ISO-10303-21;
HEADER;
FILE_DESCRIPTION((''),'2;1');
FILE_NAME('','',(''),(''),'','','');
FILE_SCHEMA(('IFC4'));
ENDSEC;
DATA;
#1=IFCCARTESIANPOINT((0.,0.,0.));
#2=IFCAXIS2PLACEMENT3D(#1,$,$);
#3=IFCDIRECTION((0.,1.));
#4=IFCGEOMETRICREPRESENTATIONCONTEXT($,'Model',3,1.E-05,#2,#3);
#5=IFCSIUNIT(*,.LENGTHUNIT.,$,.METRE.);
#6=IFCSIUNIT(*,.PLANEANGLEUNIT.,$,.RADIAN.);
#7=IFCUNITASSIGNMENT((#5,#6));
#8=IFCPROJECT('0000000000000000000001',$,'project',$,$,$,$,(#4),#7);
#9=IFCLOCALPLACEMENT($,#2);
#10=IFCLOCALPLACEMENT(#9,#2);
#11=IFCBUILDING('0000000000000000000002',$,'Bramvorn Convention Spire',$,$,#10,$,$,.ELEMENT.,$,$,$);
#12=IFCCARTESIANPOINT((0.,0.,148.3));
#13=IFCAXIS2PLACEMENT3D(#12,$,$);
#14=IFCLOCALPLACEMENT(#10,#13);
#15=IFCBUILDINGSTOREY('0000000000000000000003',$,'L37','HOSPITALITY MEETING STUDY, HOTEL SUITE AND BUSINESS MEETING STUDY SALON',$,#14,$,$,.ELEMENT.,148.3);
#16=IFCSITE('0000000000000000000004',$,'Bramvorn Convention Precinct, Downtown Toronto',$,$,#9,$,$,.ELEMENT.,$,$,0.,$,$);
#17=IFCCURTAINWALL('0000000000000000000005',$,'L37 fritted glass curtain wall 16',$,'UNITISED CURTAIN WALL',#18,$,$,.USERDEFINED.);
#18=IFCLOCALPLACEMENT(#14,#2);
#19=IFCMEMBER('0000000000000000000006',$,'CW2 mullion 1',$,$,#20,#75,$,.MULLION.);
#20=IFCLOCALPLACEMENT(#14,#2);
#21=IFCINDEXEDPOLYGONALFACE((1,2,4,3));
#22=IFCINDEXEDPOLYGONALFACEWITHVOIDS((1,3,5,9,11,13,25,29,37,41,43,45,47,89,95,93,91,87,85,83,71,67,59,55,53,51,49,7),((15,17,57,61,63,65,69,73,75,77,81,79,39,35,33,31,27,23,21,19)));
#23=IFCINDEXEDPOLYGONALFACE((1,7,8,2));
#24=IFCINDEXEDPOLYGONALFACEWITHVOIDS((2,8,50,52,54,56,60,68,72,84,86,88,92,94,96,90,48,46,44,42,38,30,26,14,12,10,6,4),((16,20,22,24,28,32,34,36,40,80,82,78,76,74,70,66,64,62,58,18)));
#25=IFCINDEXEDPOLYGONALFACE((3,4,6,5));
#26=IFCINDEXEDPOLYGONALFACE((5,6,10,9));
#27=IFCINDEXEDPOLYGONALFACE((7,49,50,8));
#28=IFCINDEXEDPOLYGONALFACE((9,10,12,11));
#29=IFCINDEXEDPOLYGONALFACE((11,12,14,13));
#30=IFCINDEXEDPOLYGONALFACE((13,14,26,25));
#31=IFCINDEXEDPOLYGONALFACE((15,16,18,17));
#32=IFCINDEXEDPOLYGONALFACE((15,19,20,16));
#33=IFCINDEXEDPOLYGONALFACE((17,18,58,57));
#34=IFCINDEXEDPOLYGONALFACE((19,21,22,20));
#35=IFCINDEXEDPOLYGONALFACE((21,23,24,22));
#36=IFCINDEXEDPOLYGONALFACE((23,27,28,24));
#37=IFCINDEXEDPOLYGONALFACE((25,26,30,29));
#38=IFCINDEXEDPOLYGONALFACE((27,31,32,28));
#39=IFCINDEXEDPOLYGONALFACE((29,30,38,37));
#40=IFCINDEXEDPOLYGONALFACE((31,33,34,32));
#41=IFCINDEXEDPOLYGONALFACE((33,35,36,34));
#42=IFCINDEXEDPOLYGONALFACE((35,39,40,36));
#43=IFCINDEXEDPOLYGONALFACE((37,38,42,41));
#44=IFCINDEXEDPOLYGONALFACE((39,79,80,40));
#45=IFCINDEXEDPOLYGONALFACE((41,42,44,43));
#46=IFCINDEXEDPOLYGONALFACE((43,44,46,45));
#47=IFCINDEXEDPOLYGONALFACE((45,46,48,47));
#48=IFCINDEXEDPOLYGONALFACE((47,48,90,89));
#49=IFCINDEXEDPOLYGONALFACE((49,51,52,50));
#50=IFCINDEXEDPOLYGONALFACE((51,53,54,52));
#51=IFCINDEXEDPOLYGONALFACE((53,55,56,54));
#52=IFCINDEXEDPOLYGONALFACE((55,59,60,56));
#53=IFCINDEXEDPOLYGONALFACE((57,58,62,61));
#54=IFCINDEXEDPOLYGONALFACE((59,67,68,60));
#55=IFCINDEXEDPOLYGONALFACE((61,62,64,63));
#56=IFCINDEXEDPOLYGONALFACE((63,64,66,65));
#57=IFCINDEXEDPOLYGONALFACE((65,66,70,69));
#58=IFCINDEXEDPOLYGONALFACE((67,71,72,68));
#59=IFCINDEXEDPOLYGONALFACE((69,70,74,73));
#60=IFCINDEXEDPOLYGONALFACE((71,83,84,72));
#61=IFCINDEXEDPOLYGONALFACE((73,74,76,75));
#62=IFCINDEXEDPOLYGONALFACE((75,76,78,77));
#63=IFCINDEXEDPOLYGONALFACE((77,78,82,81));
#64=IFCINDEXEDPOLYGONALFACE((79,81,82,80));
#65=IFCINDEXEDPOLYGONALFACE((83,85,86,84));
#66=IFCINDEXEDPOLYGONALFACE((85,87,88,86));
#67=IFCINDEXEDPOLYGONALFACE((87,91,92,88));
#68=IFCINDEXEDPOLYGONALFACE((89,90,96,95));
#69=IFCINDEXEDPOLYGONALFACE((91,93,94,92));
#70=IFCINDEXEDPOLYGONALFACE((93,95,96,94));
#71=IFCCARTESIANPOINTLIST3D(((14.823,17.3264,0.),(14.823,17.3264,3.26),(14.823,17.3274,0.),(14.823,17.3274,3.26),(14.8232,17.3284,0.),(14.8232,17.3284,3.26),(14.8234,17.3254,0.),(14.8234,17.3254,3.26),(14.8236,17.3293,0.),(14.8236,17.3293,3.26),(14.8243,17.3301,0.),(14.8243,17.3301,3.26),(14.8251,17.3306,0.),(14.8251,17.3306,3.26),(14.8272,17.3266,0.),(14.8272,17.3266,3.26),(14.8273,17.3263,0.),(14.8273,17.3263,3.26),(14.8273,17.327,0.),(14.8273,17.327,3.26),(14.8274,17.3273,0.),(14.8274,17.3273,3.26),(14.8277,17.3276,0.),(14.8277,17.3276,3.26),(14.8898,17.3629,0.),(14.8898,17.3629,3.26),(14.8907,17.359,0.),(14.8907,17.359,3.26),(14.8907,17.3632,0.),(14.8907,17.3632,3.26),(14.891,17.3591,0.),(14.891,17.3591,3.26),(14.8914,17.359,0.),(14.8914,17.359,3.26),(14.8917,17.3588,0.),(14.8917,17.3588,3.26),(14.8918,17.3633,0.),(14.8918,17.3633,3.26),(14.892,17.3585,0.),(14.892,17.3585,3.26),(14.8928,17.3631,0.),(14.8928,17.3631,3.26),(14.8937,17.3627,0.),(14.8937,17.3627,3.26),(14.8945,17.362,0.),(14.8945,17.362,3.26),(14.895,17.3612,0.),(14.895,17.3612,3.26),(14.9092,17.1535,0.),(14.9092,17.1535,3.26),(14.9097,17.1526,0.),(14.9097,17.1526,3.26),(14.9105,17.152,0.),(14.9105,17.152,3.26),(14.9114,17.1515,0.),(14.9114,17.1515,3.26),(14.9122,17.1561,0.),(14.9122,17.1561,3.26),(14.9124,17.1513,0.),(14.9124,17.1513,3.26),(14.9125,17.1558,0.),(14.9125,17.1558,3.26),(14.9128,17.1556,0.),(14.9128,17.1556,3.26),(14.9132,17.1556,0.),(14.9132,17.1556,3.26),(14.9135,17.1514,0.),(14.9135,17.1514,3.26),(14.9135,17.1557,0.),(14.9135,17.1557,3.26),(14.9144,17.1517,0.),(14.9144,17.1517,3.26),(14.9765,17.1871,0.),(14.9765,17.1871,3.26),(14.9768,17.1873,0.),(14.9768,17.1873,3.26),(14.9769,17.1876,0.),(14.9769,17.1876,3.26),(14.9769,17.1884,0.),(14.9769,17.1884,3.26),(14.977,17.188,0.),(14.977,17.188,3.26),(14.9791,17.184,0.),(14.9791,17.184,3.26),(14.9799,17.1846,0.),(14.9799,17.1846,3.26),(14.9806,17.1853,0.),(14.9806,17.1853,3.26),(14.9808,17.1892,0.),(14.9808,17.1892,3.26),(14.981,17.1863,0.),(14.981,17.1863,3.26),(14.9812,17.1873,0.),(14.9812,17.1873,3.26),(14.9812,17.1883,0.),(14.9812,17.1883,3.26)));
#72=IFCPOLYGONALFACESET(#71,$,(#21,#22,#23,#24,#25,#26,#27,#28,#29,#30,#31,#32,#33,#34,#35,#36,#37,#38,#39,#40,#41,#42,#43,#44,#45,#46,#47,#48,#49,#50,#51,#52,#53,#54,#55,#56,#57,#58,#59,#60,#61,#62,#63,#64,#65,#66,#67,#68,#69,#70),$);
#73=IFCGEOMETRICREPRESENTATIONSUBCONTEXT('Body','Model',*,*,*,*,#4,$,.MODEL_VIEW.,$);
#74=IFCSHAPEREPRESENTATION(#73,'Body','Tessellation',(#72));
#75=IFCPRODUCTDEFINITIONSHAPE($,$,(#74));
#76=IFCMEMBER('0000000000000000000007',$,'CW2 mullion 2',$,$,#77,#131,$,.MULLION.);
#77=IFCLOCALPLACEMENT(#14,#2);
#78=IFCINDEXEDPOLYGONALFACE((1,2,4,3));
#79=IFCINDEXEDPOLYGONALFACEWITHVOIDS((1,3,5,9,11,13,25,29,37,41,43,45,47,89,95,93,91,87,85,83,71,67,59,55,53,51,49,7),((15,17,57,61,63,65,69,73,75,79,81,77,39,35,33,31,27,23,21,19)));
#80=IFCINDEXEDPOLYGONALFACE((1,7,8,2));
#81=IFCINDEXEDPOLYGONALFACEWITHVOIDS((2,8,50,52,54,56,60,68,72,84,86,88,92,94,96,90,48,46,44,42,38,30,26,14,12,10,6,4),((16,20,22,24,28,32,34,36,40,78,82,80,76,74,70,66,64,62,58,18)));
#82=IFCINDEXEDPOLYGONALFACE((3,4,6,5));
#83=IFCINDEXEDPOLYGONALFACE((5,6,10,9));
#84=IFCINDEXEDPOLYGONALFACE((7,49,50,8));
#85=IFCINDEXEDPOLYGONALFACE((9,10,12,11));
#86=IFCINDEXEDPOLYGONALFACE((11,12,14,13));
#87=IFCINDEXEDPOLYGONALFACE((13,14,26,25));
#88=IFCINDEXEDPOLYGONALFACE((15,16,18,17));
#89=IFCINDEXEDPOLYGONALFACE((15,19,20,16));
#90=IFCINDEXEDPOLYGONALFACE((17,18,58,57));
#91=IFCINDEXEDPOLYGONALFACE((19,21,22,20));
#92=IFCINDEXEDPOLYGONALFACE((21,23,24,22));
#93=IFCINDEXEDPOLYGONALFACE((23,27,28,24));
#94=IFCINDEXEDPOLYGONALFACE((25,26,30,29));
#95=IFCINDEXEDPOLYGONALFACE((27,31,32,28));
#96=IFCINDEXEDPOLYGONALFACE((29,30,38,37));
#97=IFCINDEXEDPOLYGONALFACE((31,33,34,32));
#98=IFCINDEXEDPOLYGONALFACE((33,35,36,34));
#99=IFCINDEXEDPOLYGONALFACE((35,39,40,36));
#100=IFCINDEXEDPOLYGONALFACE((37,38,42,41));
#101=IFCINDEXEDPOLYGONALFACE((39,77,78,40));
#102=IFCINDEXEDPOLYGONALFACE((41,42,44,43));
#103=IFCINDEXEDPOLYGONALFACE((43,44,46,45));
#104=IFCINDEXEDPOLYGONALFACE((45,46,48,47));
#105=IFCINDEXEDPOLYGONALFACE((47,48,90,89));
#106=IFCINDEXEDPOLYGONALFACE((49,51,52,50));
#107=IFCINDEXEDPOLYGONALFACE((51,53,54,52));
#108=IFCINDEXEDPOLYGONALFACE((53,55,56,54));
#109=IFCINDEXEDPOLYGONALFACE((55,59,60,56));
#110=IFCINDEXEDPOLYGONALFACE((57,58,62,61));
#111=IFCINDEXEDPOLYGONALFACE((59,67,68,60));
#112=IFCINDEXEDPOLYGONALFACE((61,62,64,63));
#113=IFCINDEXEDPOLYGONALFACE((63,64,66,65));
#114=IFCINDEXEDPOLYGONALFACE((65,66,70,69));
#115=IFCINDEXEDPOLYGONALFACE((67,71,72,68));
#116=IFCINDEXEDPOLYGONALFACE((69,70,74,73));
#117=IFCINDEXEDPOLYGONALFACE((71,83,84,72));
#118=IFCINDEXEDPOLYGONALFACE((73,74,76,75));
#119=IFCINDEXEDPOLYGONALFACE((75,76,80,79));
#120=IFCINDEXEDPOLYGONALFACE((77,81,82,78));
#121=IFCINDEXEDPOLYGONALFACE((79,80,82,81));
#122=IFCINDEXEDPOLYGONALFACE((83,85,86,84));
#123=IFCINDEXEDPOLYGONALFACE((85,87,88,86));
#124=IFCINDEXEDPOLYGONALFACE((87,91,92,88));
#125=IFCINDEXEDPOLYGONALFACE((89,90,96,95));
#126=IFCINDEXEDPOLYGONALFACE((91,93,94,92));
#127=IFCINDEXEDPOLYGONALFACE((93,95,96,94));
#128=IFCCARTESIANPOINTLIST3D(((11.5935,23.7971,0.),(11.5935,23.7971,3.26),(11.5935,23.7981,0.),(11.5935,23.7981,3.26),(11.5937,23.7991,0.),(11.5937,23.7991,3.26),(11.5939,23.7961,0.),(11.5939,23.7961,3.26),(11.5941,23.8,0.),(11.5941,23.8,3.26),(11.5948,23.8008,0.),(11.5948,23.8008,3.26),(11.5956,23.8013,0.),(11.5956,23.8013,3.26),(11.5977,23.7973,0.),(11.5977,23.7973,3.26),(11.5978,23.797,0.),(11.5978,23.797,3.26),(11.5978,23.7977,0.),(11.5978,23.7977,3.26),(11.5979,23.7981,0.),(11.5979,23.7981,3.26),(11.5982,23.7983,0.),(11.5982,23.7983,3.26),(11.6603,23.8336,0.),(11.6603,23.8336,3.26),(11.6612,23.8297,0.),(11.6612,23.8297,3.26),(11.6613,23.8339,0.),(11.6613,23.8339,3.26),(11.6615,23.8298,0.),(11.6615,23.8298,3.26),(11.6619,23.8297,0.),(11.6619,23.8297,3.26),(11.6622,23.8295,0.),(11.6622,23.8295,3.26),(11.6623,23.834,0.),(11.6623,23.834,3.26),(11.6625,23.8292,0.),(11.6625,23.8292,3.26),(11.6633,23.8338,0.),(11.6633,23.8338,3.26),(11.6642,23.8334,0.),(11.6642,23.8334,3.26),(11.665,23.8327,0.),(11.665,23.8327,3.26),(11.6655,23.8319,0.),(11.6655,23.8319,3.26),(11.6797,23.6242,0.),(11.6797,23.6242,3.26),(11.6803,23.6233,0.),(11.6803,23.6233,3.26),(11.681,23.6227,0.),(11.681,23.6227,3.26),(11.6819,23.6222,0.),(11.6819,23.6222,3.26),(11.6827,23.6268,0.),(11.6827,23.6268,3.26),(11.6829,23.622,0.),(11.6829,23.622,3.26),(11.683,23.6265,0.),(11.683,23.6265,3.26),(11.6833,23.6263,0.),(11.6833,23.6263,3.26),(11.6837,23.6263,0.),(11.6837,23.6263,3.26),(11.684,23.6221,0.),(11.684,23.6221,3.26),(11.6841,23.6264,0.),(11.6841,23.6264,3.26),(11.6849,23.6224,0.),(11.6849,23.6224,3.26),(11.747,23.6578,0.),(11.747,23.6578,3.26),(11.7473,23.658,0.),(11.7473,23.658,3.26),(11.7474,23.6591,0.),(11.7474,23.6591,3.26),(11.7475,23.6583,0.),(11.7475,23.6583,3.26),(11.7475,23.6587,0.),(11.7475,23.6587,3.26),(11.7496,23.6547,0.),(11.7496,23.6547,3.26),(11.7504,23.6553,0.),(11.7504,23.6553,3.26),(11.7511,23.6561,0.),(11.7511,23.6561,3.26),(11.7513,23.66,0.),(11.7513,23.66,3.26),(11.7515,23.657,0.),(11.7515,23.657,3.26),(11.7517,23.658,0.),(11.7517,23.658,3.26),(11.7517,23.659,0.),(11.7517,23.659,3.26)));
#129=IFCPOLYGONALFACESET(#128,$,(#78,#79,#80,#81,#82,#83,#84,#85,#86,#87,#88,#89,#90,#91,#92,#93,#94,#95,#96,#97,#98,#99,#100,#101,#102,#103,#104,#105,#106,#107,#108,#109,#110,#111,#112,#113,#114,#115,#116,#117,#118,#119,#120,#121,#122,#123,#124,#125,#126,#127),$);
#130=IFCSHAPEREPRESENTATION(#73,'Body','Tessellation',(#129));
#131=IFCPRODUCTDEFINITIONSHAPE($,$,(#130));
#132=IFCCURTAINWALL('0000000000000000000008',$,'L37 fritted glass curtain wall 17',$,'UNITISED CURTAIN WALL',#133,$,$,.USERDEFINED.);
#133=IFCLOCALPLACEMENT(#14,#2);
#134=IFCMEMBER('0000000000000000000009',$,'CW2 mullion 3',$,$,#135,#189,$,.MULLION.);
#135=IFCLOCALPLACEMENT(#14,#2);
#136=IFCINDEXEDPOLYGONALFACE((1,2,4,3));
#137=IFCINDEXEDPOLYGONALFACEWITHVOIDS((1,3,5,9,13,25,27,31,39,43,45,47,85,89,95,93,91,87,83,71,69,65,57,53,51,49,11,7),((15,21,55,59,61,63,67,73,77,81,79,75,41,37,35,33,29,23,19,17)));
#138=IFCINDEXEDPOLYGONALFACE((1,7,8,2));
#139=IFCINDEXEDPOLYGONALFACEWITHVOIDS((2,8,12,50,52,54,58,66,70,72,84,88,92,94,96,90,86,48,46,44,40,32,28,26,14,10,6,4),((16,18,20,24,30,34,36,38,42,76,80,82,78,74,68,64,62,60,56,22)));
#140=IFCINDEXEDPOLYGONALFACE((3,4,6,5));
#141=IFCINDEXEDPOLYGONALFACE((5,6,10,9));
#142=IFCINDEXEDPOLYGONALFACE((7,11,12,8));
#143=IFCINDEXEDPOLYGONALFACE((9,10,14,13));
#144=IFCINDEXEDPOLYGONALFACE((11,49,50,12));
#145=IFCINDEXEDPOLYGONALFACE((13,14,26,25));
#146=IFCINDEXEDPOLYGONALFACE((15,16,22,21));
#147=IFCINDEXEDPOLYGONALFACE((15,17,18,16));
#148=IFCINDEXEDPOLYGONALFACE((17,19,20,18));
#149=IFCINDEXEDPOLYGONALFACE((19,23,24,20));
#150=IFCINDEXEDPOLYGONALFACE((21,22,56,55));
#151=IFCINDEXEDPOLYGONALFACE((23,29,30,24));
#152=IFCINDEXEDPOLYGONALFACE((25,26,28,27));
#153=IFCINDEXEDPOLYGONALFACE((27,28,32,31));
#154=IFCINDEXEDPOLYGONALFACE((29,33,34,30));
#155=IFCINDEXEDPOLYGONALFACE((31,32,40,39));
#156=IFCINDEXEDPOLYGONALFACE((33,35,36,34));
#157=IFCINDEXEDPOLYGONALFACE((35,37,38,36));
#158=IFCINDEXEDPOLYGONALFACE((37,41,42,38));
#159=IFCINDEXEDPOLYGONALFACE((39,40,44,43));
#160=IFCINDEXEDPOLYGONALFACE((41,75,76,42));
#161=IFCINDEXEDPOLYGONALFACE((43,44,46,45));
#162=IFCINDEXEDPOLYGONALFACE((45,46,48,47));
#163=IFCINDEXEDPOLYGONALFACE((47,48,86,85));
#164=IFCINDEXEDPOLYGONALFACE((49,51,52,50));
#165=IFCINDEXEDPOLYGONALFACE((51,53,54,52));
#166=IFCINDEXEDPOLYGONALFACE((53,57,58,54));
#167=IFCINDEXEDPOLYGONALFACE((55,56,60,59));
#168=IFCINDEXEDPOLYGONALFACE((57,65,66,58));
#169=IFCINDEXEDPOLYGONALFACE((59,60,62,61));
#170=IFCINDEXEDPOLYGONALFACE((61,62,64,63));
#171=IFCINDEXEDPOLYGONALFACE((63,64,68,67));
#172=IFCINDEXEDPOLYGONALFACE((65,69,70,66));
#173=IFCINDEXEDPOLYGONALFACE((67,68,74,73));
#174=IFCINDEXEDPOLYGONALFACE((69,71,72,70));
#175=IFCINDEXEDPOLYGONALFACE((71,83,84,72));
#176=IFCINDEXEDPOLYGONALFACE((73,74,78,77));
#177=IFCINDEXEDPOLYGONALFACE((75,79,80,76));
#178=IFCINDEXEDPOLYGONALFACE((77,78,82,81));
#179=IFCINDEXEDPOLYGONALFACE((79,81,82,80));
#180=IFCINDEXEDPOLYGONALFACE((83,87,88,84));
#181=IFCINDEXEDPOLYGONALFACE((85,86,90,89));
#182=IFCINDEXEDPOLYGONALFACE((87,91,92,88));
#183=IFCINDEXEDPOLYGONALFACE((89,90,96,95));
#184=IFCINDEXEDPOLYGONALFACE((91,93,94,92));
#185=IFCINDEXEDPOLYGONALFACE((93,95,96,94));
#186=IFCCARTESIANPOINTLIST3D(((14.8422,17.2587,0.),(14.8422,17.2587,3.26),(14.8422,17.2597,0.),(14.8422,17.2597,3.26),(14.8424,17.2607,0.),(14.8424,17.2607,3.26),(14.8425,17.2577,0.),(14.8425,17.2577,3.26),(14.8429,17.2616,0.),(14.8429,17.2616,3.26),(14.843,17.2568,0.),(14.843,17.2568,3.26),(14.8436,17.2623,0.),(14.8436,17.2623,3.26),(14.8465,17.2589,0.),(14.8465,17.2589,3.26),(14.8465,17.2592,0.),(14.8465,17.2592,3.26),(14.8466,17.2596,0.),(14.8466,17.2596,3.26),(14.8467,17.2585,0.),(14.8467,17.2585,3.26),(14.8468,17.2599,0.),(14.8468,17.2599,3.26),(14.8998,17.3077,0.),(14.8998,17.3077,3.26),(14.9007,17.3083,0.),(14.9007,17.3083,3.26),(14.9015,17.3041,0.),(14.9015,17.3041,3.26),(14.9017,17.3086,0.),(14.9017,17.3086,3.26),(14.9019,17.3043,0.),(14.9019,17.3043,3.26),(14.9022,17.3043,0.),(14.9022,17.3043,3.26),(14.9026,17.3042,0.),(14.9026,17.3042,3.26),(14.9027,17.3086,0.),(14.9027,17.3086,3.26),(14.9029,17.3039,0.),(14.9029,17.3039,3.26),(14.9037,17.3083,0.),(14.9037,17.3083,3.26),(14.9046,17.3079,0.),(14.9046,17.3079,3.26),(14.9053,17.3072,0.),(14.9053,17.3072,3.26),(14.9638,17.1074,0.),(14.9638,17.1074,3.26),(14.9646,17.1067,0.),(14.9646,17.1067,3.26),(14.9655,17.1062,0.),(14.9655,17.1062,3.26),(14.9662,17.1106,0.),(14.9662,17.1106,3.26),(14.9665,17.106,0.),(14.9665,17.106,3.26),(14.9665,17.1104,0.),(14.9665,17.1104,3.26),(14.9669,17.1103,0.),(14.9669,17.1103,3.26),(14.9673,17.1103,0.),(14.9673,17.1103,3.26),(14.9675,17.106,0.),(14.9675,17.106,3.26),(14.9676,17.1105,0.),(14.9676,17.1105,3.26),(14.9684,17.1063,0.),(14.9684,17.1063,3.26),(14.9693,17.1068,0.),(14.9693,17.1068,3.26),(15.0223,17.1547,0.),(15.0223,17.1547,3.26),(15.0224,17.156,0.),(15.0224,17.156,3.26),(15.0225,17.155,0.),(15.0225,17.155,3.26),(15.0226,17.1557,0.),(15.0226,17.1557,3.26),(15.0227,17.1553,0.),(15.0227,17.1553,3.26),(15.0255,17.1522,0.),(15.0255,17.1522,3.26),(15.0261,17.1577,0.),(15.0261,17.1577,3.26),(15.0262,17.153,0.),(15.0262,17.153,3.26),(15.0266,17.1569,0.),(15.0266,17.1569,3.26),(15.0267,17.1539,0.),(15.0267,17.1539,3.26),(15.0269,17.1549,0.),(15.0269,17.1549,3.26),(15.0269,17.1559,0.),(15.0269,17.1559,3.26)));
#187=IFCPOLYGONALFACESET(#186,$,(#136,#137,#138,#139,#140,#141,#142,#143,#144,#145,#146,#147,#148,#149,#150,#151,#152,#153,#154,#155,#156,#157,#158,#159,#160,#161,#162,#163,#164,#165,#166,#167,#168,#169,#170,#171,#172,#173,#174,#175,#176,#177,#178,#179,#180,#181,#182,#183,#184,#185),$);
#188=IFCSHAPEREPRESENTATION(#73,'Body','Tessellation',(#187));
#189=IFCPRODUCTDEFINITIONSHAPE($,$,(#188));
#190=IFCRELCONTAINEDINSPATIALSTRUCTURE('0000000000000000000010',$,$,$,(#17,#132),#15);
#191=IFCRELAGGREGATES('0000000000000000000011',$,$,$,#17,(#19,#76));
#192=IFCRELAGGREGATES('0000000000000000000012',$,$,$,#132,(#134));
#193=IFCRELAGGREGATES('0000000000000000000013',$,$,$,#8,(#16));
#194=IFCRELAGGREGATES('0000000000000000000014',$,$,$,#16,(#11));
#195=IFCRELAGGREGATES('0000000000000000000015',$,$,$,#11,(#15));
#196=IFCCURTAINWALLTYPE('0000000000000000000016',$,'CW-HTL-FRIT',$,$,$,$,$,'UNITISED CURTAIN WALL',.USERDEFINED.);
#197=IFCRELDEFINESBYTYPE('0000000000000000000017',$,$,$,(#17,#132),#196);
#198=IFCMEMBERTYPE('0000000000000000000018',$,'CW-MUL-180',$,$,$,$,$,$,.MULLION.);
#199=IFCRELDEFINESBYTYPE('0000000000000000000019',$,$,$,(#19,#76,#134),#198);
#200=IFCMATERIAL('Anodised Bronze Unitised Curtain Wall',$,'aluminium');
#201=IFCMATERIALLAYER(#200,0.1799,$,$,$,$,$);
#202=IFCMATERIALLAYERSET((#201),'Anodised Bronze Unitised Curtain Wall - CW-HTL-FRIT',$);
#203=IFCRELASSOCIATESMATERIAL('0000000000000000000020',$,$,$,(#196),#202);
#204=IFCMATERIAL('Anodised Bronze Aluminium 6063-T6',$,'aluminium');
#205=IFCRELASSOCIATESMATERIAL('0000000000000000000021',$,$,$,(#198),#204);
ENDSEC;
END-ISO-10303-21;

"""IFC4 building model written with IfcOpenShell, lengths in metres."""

from ifc_helpers import new_model, si_unit, direction, frame, origin, origin_2d, place, context, subcontext, project, spatial, hollow_rectangle, extrude, material, layer, layer_set, material_profile, profile_set, type_object, element, aggregate, save


model = new_model("IFC4")

# Units and contexts
model_context = context("Model", 3, precision=1e-05, world=origin(), true_north=direction((0.0, 1.0)))
body_context = subcontext(model_context, "Body", "Model", "MODEL_VIEW")
ifc_project = project(units=[si_unit("LENGTHUNIT", "METRE"), si_unit("PLANEANGLEUNIT", "RADIAN")], contexts=[model_context])

# Site, building, storey
site_placement = place(None, origin())
site = spatial("IfcSite", under=ifc_project, at=site_placement, Name="Bramvorn Convention Precinct, Downtown Toronto", CompositionType="ELEMENT", RefElevation=0.0)
building_placement = place(site_placement, origin())
building = spatial("IfcBuilding", under=site, at=building_placement, Name="Bramvorn Convention Spire", CompositionType="ELEMENT")
storey_placement = place(building_placement, frame((0.0, 0.0, 148.3)))
storey = spatial("IfcBuildingStorey", under=building, at=storey_placement, Name="L37", Description="HOSPITALITY MEETING STUDY, HOTEL SUITE AND BUSINESS MEETING STUDY SALON", CompositionType="ELEMENT", Elevation=148.3)

# Curtain wall, members
ifc_material_1 = material(Name="Anodised Bronze Unitised Curtain Wall", Category="aluminium")
ifc_layer_1 = layer(ifc_material_1, 0.1799)
ifc_layer_set_1 = layer_set([ifc_layer_1], Name="Anodised Bronze Unitised Curtain Wall - CW-HTL-FRIT")
curtain_wall_type = type_object("IfcCurtainWallType", Name="CW-HTL-FRIT", ElementType="UNITISED CURTAIN WALL", PredefinedType="USERDEFINED", material=ifc_layer_set_1)
curtain_wall_1_placement = place(storey_placement, origin())
curtain_wall_1 = element("IfcCurtainWall", 1, at=curtain_wall_1_placement, inside=storey, type_object=curtain_wall_type, Name="L37 fritted glass curtain wall 16", ObjectType="UNITISED CURTAIN WALL", PredefinedType="USERDEFINED")
ifc_material_2 = material(Name="Anodised Bronze Aluminium 6063-T6", Category="aluminium")
ifc_material_profile_1 = material_profile(ifc_material_2, hollow_rectangle(XDim=0.0801, YDim=0.2, WallThickness=0.0039, InnerFilletRadius=0.001, OuterFilletRadius=0.0039, at=origin_2d()))
ifc_profile_set_1 = profile_set([ifc_material_profile_1], Name="Anodised Bronze Aluminium 6063-T6 - CWM80X200")
member_type_1 = type_object("IfcMemberType", Name="CW-MUL-180", PredefinedType="MULLION", material=ifc_profile_set_1)
member_1_placement = place(storey_placement, frame((14.9021, 17.2573, 0.0), z_axis=(0.0, 0.0, 1.0), x_axis=(-0.894742, -0.446583, 0.0)))
member_1 = element("IfcMember", 2, at=member_1_placement, type_object=member_type_1, Name="CW2 mullion 1", PredefinedType="MULLION", context=body_context, shape_type="SweptSolid", body=[
    extrude(hollow_rectangle(XDim=0.0801, YDim=0.2, WallThickness=0.0039, InnerFilletRadius=0.001, OuterFilletRadius=0.0039, at=origin_2d()), origin(), (0.0, 0.0, 1.0), 3.26),
])
member_2_placement = place(storey_placement, frame((11.6726, 23.728, 0.0), z_axis=(0.0, 0.0, 1.0), x_axis=(-0.894742, -0.446583, 0.0)))
member_2 = element("IfcMember", 3, at=member_2_placement, type_object=member_type_1, Name="CW2 mullion 2", PredefinedType="MULLION", context=body_context, shape_type="SweptSolid", body=[
    extrude(hollow_rectangle(XDim=0.0801, YDim=0.2, WallThickness=0.0039, InnerFilletRadius=0.001, OuterFilletRadius=0.0039, at=origin_2d()), origin(), (0.0, 0.0, 1.0), 3.26),
])

# Curtain wall, member
curtain_wall_2_placement = place(storey_placement, origin())
curtain_wall_2 = element("IfcCurtainWall", 4, at=curtain_wall_2_placement, inside=storey, type_object=curtain_wall_type, Name="L37 fritted glass curtain wall 17", ObjectType="UNITISED CURTAIN WALL", PredefinedType="USERDEFINED")
member_3_placement = place(storey_placement, frame((14.9346, 17.2073, 0.0), z_axis=(0.0, 0.0, 1.0), x_axis=(-0.777694, -0.628642, 0.0)))
member_3 = element("IfcMember", 5, at=member_3_placement, type_object=member_type_1, Name="CW2 mullion 3", PredefinedType="MULLION", context=body_context, shape_type="SweptSolid", body=[
    extrude(hollow_rectangle(XDim=0.0801, YDim=0.2, WallThickness=0.0039, InnerFilletRadius=0.001, OuterFilletRadius=0.0039, at=origin_2d()), origin(), (0.0, 0.0, 1.0), 3.26),
])

aggregate(curtain_wall_1, [member_1, member_2])
aggregate(curtain_wall_2, [member_3])

save(model, "model.ifc")
